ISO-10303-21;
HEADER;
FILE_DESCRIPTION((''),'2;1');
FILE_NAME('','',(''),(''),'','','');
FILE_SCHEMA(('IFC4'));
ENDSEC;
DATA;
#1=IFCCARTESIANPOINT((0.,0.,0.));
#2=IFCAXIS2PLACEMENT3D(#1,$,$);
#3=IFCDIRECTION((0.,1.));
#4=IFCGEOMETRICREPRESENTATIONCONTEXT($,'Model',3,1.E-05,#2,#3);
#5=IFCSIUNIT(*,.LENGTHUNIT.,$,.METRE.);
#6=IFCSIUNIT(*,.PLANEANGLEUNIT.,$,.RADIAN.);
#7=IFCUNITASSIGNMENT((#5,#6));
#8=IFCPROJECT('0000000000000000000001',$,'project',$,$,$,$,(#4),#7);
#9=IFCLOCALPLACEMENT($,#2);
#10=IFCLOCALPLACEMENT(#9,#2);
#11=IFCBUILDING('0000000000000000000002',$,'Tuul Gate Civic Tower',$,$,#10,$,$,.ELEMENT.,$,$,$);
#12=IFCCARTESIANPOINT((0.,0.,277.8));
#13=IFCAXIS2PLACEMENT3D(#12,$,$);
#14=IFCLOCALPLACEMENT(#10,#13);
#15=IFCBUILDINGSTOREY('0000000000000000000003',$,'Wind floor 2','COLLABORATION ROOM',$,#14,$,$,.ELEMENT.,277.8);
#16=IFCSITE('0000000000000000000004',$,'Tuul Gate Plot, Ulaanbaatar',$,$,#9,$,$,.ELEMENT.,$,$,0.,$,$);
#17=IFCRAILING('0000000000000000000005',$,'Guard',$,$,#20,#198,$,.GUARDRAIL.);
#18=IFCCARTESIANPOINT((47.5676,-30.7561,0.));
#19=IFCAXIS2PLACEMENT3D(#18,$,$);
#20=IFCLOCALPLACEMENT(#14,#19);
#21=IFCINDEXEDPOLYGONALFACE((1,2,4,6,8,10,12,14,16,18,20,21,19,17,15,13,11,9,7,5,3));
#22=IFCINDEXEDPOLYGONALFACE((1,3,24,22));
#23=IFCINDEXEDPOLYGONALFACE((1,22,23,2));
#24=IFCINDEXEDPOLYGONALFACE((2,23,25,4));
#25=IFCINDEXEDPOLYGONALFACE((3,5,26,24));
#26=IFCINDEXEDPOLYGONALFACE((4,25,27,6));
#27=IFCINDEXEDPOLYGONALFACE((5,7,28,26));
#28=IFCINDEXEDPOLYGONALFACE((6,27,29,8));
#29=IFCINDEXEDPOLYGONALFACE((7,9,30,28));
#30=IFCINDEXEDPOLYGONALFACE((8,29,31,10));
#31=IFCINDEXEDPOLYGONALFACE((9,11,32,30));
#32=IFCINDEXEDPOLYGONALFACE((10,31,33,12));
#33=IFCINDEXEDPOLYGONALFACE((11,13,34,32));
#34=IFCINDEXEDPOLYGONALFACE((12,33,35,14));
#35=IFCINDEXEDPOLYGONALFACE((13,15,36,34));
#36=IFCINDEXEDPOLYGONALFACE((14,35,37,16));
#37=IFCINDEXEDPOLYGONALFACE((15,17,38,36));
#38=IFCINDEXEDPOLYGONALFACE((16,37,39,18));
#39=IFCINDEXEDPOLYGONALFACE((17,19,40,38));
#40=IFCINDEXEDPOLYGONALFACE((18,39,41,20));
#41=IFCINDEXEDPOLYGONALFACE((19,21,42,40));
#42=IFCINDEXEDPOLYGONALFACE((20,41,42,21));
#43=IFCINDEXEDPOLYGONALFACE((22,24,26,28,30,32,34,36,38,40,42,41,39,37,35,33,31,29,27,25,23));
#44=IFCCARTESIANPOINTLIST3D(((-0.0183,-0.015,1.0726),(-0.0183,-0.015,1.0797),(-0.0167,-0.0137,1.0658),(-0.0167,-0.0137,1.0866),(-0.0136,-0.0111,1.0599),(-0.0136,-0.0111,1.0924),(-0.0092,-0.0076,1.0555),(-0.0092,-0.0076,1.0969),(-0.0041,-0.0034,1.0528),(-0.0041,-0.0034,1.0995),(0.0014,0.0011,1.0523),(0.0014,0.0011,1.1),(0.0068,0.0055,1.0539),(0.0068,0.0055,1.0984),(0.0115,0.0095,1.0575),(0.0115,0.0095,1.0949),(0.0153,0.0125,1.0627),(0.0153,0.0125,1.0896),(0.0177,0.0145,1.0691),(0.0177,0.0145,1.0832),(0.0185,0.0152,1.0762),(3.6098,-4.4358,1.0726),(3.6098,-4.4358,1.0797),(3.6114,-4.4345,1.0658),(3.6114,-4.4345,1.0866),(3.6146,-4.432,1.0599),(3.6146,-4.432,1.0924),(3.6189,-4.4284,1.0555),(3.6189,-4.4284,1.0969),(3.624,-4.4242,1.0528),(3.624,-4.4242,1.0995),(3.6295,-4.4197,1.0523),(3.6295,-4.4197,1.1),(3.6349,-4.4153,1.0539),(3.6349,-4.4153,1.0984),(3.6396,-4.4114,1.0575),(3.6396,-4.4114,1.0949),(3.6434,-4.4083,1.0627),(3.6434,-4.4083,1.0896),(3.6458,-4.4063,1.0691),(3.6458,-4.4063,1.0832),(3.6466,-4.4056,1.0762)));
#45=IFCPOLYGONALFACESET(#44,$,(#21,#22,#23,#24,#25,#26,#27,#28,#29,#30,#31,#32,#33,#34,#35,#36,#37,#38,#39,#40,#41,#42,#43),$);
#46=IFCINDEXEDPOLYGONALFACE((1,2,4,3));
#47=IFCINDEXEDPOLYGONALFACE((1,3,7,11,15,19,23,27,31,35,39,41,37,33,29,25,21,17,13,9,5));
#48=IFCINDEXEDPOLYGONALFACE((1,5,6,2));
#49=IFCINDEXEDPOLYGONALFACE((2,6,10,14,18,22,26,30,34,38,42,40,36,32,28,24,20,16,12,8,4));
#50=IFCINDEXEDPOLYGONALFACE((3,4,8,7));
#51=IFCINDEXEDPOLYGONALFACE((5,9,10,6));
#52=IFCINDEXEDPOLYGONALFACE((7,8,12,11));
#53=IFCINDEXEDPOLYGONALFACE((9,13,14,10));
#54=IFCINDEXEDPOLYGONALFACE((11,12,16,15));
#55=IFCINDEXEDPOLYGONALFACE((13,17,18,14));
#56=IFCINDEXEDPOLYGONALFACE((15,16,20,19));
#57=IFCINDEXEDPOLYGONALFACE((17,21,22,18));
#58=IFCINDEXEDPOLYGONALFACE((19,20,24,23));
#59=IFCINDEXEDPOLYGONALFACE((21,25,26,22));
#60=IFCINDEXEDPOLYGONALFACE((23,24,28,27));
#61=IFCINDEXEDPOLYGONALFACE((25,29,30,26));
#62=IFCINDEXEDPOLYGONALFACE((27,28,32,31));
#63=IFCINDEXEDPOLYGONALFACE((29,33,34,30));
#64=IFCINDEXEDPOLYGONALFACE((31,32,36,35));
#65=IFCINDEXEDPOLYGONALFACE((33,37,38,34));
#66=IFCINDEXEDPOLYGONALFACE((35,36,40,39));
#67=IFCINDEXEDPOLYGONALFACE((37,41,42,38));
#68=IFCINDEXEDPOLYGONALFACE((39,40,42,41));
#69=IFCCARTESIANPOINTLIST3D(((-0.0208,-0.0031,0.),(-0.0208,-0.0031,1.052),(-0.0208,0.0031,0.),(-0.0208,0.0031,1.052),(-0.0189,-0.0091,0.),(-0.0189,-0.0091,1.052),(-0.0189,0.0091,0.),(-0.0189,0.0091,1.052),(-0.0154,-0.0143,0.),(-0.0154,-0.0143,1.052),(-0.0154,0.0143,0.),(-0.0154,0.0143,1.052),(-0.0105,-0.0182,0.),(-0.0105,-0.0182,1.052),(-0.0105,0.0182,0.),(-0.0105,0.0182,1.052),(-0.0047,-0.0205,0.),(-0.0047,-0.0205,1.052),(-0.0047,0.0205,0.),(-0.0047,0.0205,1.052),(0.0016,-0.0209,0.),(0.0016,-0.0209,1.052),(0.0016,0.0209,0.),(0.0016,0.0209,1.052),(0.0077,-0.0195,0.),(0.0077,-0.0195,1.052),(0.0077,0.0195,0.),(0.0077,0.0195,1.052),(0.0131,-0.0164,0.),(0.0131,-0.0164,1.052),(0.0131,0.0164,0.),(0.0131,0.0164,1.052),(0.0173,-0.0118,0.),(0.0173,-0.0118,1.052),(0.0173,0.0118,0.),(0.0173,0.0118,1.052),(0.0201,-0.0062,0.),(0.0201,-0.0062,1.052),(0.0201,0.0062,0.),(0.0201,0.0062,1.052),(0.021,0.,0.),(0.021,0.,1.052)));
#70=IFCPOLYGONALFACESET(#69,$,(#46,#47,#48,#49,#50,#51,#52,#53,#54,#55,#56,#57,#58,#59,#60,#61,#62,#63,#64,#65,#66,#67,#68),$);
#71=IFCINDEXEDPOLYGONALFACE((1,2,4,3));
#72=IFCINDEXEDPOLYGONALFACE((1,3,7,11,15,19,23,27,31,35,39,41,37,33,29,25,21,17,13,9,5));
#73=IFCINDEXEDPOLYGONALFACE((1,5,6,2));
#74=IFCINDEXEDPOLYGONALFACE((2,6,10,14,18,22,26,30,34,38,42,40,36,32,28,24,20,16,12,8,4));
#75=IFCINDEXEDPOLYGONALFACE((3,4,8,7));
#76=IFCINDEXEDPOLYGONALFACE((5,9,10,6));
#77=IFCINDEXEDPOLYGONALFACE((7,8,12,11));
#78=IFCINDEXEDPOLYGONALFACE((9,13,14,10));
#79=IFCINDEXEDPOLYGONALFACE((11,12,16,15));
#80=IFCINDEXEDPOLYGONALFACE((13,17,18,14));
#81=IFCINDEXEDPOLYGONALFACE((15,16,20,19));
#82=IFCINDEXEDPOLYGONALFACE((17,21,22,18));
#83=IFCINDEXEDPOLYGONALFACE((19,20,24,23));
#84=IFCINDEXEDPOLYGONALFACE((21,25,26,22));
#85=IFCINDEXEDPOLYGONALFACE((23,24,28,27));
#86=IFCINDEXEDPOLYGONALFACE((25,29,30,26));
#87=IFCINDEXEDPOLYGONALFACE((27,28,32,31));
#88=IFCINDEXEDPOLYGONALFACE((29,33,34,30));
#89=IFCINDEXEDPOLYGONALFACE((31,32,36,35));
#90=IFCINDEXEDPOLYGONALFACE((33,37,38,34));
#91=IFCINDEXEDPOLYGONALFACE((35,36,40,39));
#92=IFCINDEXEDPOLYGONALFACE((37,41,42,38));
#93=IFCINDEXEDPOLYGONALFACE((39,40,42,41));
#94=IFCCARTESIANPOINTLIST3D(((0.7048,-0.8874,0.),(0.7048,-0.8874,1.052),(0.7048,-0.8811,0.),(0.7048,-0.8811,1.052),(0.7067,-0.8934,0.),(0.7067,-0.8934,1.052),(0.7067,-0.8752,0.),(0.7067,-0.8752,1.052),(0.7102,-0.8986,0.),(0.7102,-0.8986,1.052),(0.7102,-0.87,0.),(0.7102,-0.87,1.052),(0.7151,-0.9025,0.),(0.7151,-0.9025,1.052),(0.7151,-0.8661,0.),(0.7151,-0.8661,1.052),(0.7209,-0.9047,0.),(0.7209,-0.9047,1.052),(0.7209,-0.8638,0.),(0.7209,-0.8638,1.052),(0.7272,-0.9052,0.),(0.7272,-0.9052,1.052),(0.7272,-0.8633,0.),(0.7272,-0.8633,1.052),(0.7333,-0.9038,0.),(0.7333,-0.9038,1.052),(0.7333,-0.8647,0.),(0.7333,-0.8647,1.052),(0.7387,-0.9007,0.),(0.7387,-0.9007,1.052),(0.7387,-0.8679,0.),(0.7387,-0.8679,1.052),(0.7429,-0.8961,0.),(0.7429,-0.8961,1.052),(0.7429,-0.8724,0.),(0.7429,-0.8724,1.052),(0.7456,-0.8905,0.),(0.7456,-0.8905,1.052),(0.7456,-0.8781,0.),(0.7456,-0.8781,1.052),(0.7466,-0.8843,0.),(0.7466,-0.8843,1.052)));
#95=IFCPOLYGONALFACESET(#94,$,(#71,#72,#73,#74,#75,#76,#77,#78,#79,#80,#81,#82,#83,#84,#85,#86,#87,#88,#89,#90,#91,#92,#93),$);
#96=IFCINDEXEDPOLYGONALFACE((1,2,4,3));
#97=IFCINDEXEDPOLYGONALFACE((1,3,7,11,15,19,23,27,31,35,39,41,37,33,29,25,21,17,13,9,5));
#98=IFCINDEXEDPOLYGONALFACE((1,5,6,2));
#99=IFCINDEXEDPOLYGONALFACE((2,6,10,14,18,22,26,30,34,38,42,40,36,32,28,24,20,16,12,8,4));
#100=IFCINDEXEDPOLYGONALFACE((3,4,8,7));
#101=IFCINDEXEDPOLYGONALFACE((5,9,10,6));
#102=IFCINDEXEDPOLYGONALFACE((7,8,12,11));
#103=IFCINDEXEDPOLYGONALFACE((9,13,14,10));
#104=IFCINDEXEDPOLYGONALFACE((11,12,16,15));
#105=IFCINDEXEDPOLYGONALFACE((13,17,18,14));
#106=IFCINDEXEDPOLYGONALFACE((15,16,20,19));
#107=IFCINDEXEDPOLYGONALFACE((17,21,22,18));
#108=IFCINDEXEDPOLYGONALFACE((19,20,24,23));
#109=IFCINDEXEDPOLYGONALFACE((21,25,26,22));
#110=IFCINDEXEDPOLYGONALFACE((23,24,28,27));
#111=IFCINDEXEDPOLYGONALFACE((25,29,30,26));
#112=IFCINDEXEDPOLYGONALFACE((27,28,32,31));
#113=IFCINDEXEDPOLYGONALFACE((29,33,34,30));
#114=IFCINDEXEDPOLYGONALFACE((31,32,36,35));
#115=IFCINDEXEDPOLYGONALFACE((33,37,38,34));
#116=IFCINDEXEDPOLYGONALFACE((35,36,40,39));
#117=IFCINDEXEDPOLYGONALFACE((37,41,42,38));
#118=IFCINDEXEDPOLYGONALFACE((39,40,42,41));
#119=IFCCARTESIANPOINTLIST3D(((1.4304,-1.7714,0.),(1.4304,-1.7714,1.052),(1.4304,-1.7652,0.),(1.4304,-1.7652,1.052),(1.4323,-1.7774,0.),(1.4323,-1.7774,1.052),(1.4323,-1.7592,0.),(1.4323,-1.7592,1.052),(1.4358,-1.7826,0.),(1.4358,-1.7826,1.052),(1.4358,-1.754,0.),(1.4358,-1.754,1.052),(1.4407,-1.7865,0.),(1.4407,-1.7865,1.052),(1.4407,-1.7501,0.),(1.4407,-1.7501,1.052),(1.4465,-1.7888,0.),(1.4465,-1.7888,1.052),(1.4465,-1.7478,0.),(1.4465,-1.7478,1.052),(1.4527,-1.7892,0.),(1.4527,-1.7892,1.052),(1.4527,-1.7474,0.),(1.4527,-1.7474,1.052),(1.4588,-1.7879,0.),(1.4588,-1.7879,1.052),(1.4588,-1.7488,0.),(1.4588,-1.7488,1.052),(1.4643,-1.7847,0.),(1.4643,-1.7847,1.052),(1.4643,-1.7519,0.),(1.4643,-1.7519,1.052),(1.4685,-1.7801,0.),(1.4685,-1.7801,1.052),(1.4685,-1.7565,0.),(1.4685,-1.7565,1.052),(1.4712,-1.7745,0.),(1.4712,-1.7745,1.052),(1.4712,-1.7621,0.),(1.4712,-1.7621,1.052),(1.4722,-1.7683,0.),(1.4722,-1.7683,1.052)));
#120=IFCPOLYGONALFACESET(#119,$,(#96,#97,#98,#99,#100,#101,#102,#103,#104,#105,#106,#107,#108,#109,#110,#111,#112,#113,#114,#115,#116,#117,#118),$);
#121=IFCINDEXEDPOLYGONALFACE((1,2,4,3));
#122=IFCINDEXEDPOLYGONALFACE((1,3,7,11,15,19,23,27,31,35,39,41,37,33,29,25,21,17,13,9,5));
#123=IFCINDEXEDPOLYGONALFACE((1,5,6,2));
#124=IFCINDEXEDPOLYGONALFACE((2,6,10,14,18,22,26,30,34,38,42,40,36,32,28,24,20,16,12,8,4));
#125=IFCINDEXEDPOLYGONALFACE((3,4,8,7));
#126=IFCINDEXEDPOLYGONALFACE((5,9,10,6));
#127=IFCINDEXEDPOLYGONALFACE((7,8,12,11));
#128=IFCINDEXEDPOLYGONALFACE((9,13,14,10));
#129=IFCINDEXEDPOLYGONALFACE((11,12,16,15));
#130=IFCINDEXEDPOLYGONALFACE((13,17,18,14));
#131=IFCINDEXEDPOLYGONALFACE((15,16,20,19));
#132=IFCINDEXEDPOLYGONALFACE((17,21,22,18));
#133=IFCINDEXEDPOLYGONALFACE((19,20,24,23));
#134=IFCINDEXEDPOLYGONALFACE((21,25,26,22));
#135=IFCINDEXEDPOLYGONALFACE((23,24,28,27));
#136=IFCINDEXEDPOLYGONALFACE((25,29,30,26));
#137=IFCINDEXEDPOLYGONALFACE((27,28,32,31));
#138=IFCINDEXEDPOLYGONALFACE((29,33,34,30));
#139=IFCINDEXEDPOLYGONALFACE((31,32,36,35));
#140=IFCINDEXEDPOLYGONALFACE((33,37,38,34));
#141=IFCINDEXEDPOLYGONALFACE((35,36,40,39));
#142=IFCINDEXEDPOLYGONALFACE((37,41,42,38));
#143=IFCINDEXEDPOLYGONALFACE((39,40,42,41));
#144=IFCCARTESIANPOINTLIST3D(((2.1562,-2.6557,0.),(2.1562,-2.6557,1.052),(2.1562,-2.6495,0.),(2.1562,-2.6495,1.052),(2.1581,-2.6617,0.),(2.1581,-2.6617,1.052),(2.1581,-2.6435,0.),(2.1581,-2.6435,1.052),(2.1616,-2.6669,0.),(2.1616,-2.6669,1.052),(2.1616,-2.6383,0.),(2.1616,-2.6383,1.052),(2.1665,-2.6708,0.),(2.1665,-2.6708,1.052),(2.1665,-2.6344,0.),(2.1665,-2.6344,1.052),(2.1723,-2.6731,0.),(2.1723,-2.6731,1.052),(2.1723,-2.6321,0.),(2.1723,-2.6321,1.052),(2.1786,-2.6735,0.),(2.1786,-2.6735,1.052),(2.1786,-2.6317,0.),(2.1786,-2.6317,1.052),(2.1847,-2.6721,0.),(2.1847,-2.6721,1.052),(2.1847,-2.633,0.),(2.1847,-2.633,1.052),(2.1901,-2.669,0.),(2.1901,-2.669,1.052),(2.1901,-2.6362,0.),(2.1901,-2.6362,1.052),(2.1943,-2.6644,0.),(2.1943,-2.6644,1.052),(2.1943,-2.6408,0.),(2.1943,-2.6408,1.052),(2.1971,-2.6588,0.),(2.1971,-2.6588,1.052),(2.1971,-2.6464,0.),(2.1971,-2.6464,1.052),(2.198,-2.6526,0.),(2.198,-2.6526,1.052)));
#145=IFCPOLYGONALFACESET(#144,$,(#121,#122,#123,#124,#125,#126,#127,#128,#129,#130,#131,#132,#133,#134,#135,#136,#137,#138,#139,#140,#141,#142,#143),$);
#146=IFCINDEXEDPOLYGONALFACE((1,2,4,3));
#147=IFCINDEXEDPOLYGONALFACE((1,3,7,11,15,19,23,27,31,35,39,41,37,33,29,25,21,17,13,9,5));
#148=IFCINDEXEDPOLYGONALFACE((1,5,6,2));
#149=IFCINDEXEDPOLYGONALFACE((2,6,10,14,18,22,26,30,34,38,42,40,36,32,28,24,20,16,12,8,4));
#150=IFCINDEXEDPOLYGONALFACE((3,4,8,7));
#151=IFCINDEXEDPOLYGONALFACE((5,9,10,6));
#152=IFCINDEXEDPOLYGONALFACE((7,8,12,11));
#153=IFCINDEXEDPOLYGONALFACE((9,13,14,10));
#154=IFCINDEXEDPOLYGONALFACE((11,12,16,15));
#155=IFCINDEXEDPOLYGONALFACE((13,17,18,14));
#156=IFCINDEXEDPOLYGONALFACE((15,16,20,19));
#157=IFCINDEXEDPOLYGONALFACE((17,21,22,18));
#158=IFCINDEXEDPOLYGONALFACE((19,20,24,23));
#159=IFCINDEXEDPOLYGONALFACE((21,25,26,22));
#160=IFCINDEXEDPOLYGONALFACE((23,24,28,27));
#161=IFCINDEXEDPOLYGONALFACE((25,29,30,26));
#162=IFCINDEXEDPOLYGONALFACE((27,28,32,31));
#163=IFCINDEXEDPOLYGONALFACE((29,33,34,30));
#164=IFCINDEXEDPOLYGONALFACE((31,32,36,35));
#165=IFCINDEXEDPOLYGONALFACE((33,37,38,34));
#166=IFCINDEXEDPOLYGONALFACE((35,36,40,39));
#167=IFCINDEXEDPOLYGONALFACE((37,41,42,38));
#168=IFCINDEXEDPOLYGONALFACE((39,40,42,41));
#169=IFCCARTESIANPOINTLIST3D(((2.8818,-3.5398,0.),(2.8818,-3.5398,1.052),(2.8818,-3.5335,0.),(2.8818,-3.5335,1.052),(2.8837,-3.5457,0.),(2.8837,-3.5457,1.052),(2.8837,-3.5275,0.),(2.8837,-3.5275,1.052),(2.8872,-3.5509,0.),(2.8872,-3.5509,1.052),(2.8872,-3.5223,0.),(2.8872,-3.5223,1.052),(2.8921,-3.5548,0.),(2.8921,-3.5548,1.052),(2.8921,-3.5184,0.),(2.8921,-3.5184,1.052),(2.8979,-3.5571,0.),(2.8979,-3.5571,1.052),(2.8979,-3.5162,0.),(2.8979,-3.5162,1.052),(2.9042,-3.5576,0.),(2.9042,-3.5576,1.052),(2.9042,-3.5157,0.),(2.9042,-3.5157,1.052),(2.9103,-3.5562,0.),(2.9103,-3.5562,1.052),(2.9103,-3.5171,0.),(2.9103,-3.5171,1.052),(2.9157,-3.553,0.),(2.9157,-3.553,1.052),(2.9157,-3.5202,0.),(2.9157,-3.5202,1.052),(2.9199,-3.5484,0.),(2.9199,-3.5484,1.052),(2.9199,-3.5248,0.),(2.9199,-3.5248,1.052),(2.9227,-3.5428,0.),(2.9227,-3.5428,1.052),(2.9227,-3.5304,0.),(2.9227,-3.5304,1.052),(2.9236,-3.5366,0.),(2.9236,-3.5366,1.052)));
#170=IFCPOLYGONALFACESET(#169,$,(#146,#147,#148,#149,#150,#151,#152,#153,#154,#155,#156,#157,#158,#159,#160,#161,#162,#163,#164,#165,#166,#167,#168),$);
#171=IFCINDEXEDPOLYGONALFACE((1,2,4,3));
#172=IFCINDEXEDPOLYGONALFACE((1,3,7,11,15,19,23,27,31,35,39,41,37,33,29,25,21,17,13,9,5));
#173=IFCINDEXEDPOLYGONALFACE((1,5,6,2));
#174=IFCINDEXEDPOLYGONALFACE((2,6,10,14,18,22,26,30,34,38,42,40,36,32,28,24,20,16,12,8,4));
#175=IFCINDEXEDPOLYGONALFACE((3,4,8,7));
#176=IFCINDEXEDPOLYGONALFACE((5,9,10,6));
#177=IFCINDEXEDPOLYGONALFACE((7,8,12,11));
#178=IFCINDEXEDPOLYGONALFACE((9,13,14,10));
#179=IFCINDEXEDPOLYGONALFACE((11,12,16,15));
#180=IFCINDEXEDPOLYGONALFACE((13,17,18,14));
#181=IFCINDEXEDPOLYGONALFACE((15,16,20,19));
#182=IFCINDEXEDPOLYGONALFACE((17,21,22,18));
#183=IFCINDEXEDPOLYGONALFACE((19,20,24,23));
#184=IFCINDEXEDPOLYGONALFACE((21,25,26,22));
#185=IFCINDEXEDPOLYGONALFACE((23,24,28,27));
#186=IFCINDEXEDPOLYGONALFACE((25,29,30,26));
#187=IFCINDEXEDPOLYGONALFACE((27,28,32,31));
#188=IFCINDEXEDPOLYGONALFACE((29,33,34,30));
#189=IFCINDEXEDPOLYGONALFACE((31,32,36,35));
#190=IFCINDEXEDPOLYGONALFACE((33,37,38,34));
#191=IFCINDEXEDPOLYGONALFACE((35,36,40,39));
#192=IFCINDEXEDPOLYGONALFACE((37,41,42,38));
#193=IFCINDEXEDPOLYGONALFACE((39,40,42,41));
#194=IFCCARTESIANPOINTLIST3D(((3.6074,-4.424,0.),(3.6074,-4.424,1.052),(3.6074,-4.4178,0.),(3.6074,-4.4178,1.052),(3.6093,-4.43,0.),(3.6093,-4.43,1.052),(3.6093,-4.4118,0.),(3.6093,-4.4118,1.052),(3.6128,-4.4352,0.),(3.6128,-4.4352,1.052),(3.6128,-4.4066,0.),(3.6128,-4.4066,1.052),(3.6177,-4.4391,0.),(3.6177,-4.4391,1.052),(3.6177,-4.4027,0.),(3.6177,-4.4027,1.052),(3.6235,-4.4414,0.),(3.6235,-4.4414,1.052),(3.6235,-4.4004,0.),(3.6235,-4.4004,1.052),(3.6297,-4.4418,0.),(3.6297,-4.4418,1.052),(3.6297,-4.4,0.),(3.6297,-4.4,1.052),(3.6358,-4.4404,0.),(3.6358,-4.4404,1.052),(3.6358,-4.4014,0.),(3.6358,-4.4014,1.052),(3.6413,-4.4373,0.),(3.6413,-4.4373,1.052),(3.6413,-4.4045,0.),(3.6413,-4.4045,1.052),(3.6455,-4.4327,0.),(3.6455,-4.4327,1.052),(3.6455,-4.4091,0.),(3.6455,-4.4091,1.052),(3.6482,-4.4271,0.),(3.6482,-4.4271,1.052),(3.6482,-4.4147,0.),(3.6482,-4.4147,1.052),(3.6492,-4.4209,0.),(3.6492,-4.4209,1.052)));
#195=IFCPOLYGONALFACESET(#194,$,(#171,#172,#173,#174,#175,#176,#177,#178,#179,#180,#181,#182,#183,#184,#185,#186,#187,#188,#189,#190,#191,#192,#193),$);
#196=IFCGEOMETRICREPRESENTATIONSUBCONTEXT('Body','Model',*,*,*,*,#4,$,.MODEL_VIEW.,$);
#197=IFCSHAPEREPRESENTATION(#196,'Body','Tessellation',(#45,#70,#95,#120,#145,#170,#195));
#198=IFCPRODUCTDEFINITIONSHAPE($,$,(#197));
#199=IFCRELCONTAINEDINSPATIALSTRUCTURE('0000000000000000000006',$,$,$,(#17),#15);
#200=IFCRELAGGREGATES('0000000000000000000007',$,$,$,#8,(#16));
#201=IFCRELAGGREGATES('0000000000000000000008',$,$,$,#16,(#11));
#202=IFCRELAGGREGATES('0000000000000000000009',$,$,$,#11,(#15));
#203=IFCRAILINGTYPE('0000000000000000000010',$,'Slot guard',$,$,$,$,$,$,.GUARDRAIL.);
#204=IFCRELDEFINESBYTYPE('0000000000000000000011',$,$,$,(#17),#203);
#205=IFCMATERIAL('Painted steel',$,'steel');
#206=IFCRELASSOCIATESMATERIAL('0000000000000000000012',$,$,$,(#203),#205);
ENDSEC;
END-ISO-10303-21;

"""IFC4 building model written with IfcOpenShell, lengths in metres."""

from ifc_helpers import new_model, si_unit, direction, frame, origin, origin_2d, place, context, subcontext, project, spatial, circle, extrude, material, type_object, element, save


model = new_model("IFC4")

# Units and contexts
model_context = context("Model", 3, precision=1e-05, world=origin(), true_north=direction((0.0, 1.0)))
body_context = subcontext(model_context, "Body", "Model", "MODEL_VIEW")
ifc_project = project(units=[si_unit("LENGTHUNIT", "METRE"), si_unit("PLANEANGLEUNIT", "RADIAN")], contexts=[model_context])

# Site, building, storey
site_placement = place(None, origin())
site = spatial("IfcSite", under=ifc_project, at=site_placement, Name="Tuul Gate Plot, Ulaanbaatar", CompositionType="ELEMENT", RefElevation=0.0)
building_placement = place(site_placement, origin())
building = spatial("IfcBuilding", under=site, at=building_placement, Name="Tuul Gate Civic Tower", CompositionType="ELEMENT")
storey_placement = place(building_placement, frame((0.0, 0.0, 277.8)))
storey = spatial("IfcBuildingStorey", under=building, at=storey_placement, Name="Wind floor 2", Description="COLLABORATION ROOM", CompositionType="ELEMENT", Elevation=277.8)

# Railing
ifc_material_1 = material(Name="Painted steel", Category="steel")
railing_type = type_object("IfcRailingType", Name="Slot guard", PredefinedType="GUARDRAIL", material=ifc_material_1)
railing_1_placement = place(storey_placement, frame((47.5676, -30.7561, 0.0)))
element("IfcRailing", 1, at=railing_1_placement, inside=storey, type_object=railing_type, Name="Guard", PredefinedType="GUARDRAIL", context=body_context, shape_type="SweptSolid", body=[
    extrude(circle(Radius=0.0239, at=origin_2d()), frame((0.0, 0.0, 1.0762), z_axis=(0.634397, -0.773007, 0.0), x_axis=(0.773007, 0.634397, 0.0)), (0.0, 0.0, 1.0), 5.719),
    extrude(circle(Radius=0.021, at=origin_2d()), origin(), (0.0, 0.0, 1.0), 1.052),
    extrude(circle(Radius=0.021, at=origin_2d()), frame((0.7256, -0.8843, 0.0)), (0.0, 0.0, 1.0), 1.052),
    extrude(circle(Radius=0.021, at=origin_2d()), frame((1.4512, -1.7683, 0.0)), (0.0, 0.0, 1.0), 1.052),
    extrude(circle(Radius=0.021, at=origin_2d()), frame((2.177, -2.6526, 0.0)), (0.0, 0.0, 1.0), 1.052),
    extrude(circle(Radius=0.021, at=origin_2d()), frame((2.9026, -3.5366, 0.0)), (0.0, 0.0, 1.0), 1.052),
    extrude(circle(Radius=0.021, at=origin_2d()), frame((3.6282, -4.4209, 0.0)), (0.0, 0.0, 1.0), 1.052),
])

save(model, "model.ifc")
